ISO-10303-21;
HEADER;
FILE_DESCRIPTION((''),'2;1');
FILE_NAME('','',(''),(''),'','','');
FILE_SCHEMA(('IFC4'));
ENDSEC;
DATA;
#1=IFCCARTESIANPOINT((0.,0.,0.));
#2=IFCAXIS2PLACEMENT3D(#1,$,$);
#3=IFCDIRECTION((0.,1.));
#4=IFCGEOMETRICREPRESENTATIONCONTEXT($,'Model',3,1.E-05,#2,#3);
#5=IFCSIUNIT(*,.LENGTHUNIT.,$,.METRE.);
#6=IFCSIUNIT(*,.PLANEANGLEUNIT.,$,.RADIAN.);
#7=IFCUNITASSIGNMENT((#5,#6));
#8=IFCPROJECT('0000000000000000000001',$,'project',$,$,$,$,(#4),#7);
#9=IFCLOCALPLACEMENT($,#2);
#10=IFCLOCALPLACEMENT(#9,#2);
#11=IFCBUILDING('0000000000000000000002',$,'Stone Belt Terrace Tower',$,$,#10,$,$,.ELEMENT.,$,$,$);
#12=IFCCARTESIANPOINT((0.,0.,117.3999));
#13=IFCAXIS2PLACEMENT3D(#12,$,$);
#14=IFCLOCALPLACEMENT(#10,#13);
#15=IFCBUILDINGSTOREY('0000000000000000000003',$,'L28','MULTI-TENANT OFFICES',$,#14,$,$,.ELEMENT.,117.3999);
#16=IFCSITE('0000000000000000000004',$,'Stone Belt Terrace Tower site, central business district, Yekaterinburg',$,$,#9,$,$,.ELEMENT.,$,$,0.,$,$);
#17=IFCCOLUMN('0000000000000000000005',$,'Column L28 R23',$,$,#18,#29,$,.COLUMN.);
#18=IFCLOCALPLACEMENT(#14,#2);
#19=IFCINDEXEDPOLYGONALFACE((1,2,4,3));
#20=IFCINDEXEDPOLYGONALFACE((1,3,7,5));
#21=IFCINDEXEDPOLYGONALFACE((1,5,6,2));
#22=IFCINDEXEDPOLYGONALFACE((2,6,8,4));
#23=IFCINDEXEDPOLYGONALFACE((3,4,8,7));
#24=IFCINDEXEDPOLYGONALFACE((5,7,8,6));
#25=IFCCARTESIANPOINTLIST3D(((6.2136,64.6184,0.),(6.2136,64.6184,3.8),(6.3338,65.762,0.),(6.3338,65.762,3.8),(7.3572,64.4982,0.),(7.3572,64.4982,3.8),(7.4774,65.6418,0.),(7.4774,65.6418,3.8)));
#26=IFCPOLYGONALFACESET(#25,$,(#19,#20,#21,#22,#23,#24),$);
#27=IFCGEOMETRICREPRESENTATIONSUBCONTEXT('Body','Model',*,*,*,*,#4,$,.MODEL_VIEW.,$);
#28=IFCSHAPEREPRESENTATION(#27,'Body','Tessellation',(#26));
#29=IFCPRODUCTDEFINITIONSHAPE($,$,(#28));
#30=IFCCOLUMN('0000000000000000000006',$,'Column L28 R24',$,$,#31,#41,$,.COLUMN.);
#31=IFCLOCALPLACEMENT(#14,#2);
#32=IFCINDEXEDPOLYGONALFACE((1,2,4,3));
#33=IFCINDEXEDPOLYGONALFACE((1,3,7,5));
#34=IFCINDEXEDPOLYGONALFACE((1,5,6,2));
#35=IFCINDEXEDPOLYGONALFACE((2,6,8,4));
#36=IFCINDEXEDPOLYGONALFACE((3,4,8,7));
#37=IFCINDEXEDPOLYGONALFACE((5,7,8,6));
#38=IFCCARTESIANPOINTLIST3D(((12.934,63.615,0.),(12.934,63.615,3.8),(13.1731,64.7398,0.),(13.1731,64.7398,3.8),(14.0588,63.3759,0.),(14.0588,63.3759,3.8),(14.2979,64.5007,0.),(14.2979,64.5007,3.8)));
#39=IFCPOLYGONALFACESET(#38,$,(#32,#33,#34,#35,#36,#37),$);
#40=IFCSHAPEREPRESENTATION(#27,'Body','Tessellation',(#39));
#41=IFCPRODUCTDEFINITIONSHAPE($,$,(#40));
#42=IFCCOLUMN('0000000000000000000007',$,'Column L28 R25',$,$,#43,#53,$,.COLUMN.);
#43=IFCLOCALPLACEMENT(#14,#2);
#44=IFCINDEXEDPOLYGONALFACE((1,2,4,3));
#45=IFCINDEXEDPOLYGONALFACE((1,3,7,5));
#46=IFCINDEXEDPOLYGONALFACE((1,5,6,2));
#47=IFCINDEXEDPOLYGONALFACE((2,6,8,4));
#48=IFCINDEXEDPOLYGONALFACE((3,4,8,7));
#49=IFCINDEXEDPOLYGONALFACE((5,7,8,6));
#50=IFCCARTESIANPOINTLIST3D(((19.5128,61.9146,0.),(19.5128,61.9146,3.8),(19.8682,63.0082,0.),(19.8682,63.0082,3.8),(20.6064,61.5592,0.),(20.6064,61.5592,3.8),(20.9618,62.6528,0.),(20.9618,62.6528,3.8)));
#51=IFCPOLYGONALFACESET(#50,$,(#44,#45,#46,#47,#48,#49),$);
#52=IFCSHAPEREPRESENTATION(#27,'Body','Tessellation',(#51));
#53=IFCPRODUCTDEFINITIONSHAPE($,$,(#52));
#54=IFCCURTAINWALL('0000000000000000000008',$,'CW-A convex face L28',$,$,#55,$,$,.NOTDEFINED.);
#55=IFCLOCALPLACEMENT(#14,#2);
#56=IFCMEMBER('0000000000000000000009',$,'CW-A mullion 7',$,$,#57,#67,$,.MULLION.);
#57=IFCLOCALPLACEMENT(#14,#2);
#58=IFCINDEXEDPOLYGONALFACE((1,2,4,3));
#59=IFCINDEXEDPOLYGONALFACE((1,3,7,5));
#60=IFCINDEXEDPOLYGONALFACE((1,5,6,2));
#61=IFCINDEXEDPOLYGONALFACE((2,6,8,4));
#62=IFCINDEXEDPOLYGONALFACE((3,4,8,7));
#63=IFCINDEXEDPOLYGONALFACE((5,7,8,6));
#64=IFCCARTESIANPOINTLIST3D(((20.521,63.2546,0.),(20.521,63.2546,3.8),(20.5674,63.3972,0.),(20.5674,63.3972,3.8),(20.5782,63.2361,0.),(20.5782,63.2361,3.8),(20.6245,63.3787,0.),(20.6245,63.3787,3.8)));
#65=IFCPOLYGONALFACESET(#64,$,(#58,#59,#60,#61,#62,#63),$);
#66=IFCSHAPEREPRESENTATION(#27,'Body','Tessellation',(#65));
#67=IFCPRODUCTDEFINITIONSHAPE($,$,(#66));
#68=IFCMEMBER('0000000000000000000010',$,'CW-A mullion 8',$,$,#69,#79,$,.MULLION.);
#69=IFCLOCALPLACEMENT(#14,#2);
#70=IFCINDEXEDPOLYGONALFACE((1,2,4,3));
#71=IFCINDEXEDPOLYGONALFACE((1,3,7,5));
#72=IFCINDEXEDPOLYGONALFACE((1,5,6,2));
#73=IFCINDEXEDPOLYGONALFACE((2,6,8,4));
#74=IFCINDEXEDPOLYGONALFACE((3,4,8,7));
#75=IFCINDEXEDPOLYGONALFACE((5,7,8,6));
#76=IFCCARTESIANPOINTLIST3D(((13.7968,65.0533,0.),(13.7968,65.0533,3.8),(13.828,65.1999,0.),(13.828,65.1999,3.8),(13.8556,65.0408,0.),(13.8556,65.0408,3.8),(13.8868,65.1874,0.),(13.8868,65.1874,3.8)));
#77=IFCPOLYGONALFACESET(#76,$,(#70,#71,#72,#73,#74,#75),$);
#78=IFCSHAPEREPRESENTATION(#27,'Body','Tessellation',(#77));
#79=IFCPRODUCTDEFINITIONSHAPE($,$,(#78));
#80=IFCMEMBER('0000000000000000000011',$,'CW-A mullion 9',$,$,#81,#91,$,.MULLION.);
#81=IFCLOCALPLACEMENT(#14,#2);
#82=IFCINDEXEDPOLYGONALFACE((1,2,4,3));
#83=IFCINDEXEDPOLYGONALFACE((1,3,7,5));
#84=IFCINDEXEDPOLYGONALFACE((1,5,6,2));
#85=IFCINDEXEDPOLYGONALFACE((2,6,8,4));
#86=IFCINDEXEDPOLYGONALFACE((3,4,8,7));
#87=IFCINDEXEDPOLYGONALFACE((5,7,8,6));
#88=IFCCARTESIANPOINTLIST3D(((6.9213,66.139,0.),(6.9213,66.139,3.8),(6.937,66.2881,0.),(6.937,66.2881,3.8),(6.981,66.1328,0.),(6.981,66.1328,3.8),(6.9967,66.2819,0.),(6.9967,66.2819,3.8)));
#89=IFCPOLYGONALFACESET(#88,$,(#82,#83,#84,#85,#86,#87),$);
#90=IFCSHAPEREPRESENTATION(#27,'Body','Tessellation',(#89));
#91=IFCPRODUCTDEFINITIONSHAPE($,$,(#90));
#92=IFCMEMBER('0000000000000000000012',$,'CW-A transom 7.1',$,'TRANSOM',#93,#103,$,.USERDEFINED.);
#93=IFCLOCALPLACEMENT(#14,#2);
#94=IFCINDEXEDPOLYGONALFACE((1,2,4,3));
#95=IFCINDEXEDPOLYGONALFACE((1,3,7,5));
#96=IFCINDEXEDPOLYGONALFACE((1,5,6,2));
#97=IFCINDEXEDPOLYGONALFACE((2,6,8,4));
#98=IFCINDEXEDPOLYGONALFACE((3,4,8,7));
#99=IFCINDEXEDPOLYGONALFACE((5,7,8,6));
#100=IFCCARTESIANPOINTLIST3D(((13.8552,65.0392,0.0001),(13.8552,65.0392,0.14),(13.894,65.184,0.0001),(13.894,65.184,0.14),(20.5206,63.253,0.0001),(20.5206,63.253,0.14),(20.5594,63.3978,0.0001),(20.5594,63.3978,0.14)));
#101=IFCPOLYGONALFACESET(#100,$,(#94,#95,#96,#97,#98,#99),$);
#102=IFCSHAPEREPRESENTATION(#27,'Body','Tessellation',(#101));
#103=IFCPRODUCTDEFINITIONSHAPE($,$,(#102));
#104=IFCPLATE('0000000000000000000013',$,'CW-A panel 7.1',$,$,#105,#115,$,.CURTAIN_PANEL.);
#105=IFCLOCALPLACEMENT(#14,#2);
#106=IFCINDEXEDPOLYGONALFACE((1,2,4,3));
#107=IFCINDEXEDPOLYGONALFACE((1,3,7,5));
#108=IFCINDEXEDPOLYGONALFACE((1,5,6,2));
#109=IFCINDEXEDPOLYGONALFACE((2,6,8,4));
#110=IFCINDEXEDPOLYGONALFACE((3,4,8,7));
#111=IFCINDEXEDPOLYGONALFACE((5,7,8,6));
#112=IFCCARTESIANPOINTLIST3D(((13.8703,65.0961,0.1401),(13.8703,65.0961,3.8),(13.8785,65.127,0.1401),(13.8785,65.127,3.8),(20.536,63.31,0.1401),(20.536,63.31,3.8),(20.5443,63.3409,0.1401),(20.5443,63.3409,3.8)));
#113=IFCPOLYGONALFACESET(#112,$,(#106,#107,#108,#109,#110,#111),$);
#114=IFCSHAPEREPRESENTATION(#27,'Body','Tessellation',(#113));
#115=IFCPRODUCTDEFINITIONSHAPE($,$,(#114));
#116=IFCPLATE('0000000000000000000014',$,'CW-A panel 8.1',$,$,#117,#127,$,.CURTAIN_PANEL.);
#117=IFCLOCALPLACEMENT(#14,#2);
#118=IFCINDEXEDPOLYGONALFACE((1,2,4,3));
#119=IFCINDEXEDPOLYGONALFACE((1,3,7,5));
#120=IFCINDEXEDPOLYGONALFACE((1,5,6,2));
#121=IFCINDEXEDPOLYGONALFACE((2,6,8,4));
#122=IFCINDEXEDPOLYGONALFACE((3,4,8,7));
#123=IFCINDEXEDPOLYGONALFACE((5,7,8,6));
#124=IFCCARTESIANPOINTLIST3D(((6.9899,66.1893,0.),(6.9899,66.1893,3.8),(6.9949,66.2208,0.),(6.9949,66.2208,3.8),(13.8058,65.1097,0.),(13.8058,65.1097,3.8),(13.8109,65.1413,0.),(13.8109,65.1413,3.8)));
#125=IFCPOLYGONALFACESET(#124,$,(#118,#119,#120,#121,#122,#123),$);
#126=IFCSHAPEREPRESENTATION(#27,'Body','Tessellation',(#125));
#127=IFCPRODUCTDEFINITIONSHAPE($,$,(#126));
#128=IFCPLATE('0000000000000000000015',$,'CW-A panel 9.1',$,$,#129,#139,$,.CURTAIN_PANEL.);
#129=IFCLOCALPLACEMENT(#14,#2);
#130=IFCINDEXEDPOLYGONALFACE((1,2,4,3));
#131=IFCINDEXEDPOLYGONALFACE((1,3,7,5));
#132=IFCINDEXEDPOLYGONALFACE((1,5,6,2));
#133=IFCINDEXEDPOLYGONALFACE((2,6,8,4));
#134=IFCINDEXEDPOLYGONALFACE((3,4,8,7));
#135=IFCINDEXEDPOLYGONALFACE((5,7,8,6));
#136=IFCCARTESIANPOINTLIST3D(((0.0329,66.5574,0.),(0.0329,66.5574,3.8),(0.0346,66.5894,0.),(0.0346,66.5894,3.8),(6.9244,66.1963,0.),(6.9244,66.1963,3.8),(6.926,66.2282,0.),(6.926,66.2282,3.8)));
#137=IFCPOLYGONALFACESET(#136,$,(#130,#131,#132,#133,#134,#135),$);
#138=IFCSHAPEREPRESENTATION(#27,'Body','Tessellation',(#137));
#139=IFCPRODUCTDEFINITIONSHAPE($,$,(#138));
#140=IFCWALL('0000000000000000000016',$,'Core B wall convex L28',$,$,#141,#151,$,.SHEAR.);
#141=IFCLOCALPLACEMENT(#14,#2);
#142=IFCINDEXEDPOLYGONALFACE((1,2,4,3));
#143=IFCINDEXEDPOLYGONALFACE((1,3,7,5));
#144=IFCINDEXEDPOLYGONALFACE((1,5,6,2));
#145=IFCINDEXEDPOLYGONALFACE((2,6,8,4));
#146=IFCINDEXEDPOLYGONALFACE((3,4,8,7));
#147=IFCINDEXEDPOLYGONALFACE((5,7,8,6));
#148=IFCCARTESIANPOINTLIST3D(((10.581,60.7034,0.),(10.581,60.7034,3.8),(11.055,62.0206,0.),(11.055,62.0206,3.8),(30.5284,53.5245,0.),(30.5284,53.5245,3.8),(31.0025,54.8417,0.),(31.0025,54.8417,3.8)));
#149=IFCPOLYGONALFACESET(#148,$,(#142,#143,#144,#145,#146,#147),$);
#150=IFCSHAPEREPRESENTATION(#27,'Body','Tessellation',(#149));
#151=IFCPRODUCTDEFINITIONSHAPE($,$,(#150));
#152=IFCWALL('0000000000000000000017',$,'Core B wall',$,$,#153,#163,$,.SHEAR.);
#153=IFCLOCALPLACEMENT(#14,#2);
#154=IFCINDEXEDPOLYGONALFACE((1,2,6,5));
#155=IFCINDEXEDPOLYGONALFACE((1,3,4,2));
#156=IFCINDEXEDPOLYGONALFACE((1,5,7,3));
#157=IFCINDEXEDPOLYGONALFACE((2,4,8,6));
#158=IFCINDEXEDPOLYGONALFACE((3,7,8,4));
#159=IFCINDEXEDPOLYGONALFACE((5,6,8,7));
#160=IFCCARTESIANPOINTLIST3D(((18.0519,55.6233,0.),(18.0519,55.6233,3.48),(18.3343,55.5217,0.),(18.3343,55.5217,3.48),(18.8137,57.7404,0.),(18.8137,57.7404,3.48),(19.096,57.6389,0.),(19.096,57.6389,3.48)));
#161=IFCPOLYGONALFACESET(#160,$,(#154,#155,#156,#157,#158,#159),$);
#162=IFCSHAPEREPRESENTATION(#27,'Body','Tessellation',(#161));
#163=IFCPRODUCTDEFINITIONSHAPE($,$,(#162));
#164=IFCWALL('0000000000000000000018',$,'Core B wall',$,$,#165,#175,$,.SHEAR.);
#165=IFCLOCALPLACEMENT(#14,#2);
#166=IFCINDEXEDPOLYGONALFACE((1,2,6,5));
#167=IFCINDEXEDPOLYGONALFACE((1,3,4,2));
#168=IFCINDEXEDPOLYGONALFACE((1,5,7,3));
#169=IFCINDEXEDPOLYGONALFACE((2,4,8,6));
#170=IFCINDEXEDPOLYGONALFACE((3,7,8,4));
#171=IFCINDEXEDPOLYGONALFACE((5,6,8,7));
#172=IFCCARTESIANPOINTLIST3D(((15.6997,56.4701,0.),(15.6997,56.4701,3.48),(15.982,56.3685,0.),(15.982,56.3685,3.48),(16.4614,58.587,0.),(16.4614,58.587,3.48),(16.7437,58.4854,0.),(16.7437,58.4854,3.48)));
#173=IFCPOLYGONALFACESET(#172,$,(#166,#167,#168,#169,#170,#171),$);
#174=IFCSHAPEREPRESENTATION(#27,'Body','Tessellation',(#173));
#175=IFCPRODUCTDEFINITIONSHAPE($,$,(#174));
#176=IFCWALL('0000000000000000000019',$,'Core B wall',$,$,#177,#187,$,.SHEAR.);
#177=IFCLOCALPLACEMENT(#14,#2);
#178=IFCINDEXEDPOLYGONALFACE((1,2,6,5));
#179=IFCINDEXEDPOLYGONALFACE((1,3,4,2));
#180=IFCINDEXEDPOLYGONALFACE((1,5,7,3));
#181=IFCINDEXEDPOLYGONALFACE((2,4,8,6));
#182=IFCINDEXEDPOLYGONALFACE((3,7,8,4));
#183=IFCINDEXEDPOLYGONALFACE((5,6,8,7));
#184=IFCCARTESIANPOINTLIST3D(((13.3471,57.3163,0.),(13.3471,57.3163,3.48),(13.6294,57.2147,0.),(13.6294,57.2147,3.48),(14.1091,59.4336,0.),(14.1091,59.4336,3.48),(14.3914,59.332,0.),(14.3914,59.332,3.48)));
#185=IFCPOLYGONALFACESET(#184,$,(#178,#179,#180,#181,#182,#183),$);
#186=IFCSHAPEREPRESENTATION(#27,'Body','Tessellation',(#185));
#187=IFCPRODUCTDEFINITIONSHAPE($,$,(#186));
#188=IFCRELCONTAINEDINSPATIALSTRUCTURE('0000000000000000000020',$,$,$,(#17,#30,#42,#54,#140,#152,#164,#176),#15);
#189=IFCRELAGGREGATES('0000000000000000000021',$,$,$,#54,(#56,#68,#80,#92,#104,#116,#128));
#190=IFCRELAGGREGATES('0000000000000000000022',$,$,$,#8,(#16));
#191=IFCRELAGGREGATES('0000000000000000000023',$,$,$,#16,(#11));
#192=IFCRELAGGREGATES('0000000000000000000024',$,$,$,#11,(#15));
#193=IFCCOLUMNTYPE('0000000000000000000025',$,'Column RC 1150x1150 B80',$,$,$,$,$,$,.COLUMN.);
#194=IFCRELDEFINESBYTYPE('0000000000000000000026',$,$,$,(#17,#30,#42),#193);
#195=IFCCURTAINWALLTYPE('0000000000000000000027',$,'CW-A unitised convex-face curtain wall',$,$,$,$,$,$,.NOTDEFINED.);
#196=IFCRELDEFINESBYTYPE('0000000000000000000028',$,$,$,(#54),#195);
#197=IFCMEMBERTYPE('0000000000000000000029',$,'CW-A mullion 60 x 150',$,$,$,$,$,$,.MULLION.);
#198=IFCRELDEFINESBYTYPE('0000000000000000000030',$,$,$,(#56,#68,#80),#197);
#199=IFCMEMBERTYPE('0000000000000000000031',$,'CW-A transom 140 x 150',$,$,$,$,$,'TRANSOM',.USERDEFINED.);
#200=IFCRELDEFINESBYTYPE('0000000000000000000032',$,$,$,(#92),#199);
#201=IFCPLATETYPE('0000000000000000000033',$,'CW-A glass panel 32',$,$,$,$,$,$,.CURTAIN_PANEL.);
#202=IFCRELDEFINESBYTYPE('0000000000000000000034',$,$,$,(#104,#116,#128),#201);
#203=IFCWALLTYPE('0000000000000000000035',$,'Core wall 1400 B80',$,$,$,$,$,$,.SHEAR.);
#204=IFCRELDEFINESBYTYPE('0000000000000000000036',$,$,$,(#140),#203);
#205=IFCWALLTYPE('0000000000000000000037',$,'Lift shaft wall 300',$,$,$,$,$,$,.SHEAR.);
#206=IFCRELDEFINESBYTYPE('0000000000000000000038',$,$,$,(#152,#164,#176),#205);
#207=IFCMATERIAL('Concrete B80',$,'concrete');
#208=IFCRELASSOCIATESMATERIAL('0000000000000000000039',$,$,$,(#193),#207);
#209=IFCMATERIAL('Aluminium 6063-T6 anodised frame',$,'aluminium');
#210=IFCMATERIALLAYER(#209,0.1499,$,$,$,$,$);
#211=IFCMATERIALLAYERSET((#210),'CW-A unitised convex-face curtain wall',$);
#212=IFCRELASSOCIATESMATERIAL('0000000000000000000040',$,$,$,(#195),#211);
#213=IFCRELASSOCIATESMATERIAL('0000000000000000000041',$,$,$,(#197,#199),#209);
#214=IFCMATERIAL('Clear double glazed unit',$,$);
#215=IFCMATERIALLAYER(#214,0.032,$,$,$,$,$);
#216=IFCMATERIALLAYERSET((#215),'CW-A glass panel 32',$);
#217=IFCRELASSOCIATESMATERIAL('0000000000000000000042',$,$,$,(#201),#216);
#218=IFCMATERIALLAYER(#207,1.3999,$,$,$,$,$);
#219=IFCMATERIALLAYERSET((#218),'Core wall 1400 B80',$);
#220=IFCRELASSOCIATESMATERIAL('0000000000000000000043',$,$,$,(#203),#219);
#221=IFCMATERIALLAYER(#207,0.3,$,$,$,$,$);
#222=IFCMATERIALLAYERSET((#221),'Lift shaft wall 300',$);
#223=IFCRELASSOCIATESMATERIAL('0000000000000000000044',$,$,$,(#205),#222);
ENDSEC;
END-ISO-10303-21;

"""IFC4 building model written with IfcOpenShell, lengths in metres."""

from ifc_helpers import new_model, si_unit, direction, frame, frame_2d, origin, origin_2d, place, context, subcontext, project, spatial, rectangle, extrude, material, layer, layer_set, material_profile, profile_set, type_object, element, aggregate, save


model = new_model("IFC4")

# Units and contexts
model_context = context("Model", 3, precision=1e-05, world=origin(), true_north=direction((0.0, 1.0)))
body_context = subcontext(model_context, "Body", "Model", "MODEL_VIEW")
ifc_project = project(units=[si_unit("LENGTHUNIT", "METRE"), si_unit("PLANEANGLEUNIT", "RADIAN")], contexts=[model_context])

# Site, building, storey
site_placement = place(None, origin())
site = spatial("IfcSite", under=ifc_project, at=site_placement, Name="Stone Belt Terrace Tower site, central business district, Yekaterinburg", CompositionType="ELEMENT", RefElevation=0.0)
building_placement = place(site_placement, origin())
building = spatial("IfcBuilding", under=site, at=building_placement, Name="Stone Belt Terrace Tower", CompositionType="ELEMENT")
storey_placement = place(building_placement, frame((0.0, 0.0, 117.3999)))
storey = spatial("IfcBuildingStorey", under=building, at=storey_placement, Name="L28", Description="MULTI-TENANT OFFICES", CompositionType="ELEMENT", Elevation=117.3999)

# Columns
ifc_material_1 = material(Name="Concrete B80", Category="concrete")
ifc_material_profile_1 = material_profile(ifc_material_1, rectangle(XDim=1.1499, YDim=1.1499, at=origin_2d()), Name="RC 1150x1150")
ifc_profile_set_1 = profile_set([ifc_material_profile_1], Name="Concrete B80")
column_type = type_object("IfcColumnType", Name="Column RC 1150x1150 B80", PredefinedType="COLUMN", material=ifc_profile_set_1)
for number, where, z_axis, x_axis, name in (
    (1, (6.8455, 65.1301, 0.0), (0.0, 0.0, 1.0), (0.994522, -0.104528, 0.0), "Column L28 R23"),
    (2, (13.616, 64.0579, 0.0), (0.0, 0.0, 1.0), (0.978148, -0.207912, 0.0), "Column L28 R24"),
    (3, (20.2373, 62.2837, 0.0), (0.0, 0.0, 1.0), (0.951057, -0.309017, 0.0), "Column L28 R25"),
):
    element("IfcColumn", number, at=place(storey_placement, frame(where, z_axis=z_axis, x_axis=x_axis)), inside=storey, type_object=column_type, Name=name, PredefinedType="COLUMN", context=body_context, shape_type="SweptSolid", body=[
        extrude(rectangle(XDim=1.1499, YDim=1.1499, at=origin_2d()), origin(), (0.0, 0.0, 1.0), 3.8),
    ])

# Curtain wall, members, plates
ifc_material_2 = material(Name="Aluminium 6063-T6 anodised frame", Category="aluminium")
ifc_layer_1 = layer(ifc_material_2, 0.1499)
ifc_layer_set_1 = layer_set([ifc_layer_1], Name="CW-A unitised convex-face curtain wall")
curtain_wall_type = type_object("IfcCurtainWallType", Name="CW-A unitised convex-face curtain wall", PredefinedType="NOTDEFINED", material=ifc_layer_set_1)
curtain_wall_placement = place(storey_placement, origin())
curtain_wall = element("IfcCurtainWall", 4, at=curtain_wall_placement, inside=storey, type_object=curtain_wall_type, Name="CW-A convex face L28", PredefinedType="NOTDEFINED")
ifc_material_profile_2 = material_profile(ifc_material_2, rectangle(XDim=0.1499, YDim=0.0601, at=origin_2d()), Name="Aluminium 6063-T6 60x150")
ifc_profile_set_2 = profile_set([ifc_material_profile_2], Name="Aluminium 6063-T6 anodised frame")
member_type_1 = type_object("IfcMemberType", Name="CW-A mullion 60 x 150", PredefinedType="MULLION", material=ifc_profile_set_2)
member_1_placement = place(storey_placement, frame((20.5728, 63.3167, 0.0), z_axis=(0.0, 0.0, 1.0), x_axis=(-0.309017, -0.951057, 0.0)))
member_1 = element("IfcMember", 5, at=member_1_placement, type_object=member_type_1, Name="CW-A mullion 7", PredefinedType="MULLION", context=body_context, shape_type="SweptSolid", body=[
    extrude(rectangle(XDim=0.1499, YDim=0.0601, at=origin_2d()), origin(), (0.0, 0.0, 1.0), 3.8),
])
member_2_placement = place(storey_placement, frame((13.8418, 65.1204, 0.0), z_axis=(0.0, 0.0, 1.0), x_axis=(-0.207912, -0.978148, 0.0)))
member_2 = element("IfcMember", 6, at=member_2_placement, type_object=member_type_1, Name="CW-A mullion 8", PredefinedType="MULLION", context=body_context, shape_type="SweptSolid", body=[
    extrude(rectangle(XDim=0.1499, YDim=0.0601, at=origin_2d()), origin(), (0.0, 0.0, 1.0), 3.8),
])
member_3_placement = place(storey_placement, frame((6.959, 66.2104, 0.0), z_axis=(0.0, 0.0, 1.0), x_axis=(-0.104528, -0.994522, 0.0)))
member_3 = element("IfcMember", 7, at=member_3_placement, type_object=member_type_1, Name="CW-A mullion 9", PredefinedType="MULLION", context=body_context, shape_type="SweptSolid", body=[
    extrude(rectangle(XDim=0.1499, YDim=0.0601, at=origin_2d()), origin(), (0.0, 0.0, 1.0), 3.8),
])
ifc_material_profile_3 = material_profile(ifc_material_2, rectangle(XDim=0.1499, YDim=0.1399, at=origin_2d()), Name="Aluminium 6063-T6 150x140")
ifc_profile_set_3 = profile_set([ifc_material_profile_3], Name="Aluminium 6063-T6 anodised frame")
member_type_2 = type_object("IfcMemberType", Name="CW-A transom 140 x 150", ElementType="TRANSOM", PredefinedType="USERDEFINED", material=ifc_profile_set_3)
member_4_placement = place(storey_placement, frame((20.54, 63.3254, 0.0701), z_axis=(-0.965922, 0.258834, 0.0), x_axis=(-0.258834, -0.965922, 0.0)))
member_4 = element("IfcMember", 8, at=member_4_placement, type_object=member_type_2, Name="CW-A transom 7.1", ObjectType="TRANSOM", PredefinedType="USERDEFINED", context=body_context, shape_type="SweptSolid", body=[
    extrude(rectangle(XDim=0.1499, YDim=0.1399, at=origin_2d()), origin(), (0.0, 0.0, 1.0), 6.9006),
])
ifc_material_3 = material(Name="Clear double glazed unit")
ifc_layer_2 = layer(ifc_material_3, 0.032)
ifc_layer_set_2 = layer_set([ifc_layer_2], Name="CW-A glass panel 32")
plate_type = type_object("IfcPlateType", Name="CW-A glass panel 32", PredefinedType="CURTAIN_PANEL", material=ifc_layer_set_2)
plate_1_placement = place(storey_placement, frame((17.2073, 64.2185, 0.1401), z_axis=(0.0, 0.0, 1.0), x_axis=(-0.965926, 0.258819, 0.0)))
plate_1 = element("IfcPlate", 9, at=plate_1_placement, type_object=plate_type, Name="CW-A panel 7.1", PredefinedType="CURTAIN_PANEL", context=body_context, shape_type="SweptSolid", body=[
    extrude(rectangle(XDim=6.9009, YDim=0.032, at=origin_2d()), origin(), (0.0, 0.0, 1.0), 3.6599),
])
plate_2_placement = place(storey_placement, frame((10.4004, 65.6653, 0.0), z_axis=(0.0, 0.0, 1.0), x_axis=(-0.987688, 0.156434, 0.0)))
plate_2 = element("IfcPlate", 10, at=plate_2_placement, type_object=plate_type, Name="CW-A panel 8.1", PredefinedType="CURTAIN_PANEL", context=body_context, shape_type="SweptSolid", body=[
    extrude(rectangle(XDim=6.9009, YDim=0.032, at=origin_2d()), origin(), (0.0, 0.0, 1.0), 3.8),
])
plate_3_placement = place(storey_placement, frame((3.4795, 66.3928, 0.0), z_axis=(0.0, 0.0, 1.0), x_axis=(-0.99863, 0.052336, 0.0)))
plate_3 = element("IfcPlate", 11, at=plate_3_placement, type_object=plate_type, Name="CW-A panel 9.1", PredefinedType="CURTAIN_PANEL", context=body_context, shape_type="SweptSolid", body=[
    extrude(rectangle(XDim=6.9009, YDim=0.032, at=origin_2d()), origin(), (0.0, 0.0, 1.0), 3.8),
])
aggregate(curtain_wall, [member_1, member_2, member_3, member_4, plate_1, plate_2, plate_3])

# Walls
ifc_layer_3 = layer(ifc_material_1, 1.3999)
ifc_layer_set_3 = layer_set([ifc_layer_3], Name="Core wall 1400 B80")
wall_type_1 = type_object("IfcWallType", Name="Core wall 1400 B80", PredefinedType="SHEAR", material=ifc_layer_set_3)
wall_1_placement = place(storey_placement, frame((10.8179, 61.3621, 0.0), z_axis=(0.0, 0.0, 1.0), x_axis=(0.94092, -0.33863, 0.0)))
element("IfcWall", 12, at=wall_1_placement, inside=storey, type_object=wall_type_1, Name="Core B wall convex L28", PredefinedType="SHEAR", context=body_context, shape_type="SweptSolid", body=[
    extrude(rectangle(XDim=21.2, YDim=1.3999, at=frame_2d((10.6001, 0.0))), origin(), (0.0, 0.0, 1.0), 3.8),
])
ifc_layer_4 = layer(ifc_material_1, 0.3)
ifc_layer_set_4 = layer_set([ifc_layer_4], Name="Lift shaft wall 300")
wall_type_2 = type_object("IfcWallType", Name="Lift shaft wall 300", PredefinedType="SHEAR", material=ifc_layer_set_4)
wall_2_placement = place(storey_placement, frame((18.1931, 55.5725, 0.0), z_axis=(0.0, 0.0, 1.0), x_axis=(0.338535, 0.940954, 0.0)))
element("IfcWall", 13, at=wall_2_placement, inside=storey, type_object=wall_type_2, Name="Core B wall", PredefinedType="SHEAR", context=body_context, shape_type="SweptSolid", body=[
    extrude(rectangle(XDim=2.25, YDim=0.3, at=frame_2d((1.125, 0.0))), origin(), (0.0, 0.0, 1.0), 3.48),
])
wall_3_placement = place(storey_placement, frame((15.8408, 56.4192, 0.0), z_axis=(0.0, 0.0, 1.0), x_axis=(0.33857, 0.940941, 0.0)))
element("IfcWall", 14, at=wall_3_placement, inside=storey, type_object=wall_type_2, Name="Core B wall", PredefinedType="SHEAR", context=body_context, shape_type="SweptSolid", body=[
    extrude(rectangle(XDim=2.2498, YDim=0.3, at=frame_2d((1.125, 0.0))), origin(), (0.0, 0.0, 1.0), 3.48),
])
wall_4_placement = place(storey_placement, frame((13.4883, 57.2656, 0.0), z_axis=(0.0, 0.0, 1.0), x_axis=(0.338631, 0.940919, 0.0)))
element("IfcWall", 15, at=wall_4_placement, inside=storey, type_object=wall_type_2, Name="Core B wall", PredefinedType="SHEAR", context=body_context, shape_type="SweptSolid", body=[
    extrude(rectangle(XDim=2.2502, YDim=0.3, at=frame_2d((1.125, 0.0))), origin(), (0.0, 0.0, 1.0), 3.48),
])

save(model, "model.ifc")
